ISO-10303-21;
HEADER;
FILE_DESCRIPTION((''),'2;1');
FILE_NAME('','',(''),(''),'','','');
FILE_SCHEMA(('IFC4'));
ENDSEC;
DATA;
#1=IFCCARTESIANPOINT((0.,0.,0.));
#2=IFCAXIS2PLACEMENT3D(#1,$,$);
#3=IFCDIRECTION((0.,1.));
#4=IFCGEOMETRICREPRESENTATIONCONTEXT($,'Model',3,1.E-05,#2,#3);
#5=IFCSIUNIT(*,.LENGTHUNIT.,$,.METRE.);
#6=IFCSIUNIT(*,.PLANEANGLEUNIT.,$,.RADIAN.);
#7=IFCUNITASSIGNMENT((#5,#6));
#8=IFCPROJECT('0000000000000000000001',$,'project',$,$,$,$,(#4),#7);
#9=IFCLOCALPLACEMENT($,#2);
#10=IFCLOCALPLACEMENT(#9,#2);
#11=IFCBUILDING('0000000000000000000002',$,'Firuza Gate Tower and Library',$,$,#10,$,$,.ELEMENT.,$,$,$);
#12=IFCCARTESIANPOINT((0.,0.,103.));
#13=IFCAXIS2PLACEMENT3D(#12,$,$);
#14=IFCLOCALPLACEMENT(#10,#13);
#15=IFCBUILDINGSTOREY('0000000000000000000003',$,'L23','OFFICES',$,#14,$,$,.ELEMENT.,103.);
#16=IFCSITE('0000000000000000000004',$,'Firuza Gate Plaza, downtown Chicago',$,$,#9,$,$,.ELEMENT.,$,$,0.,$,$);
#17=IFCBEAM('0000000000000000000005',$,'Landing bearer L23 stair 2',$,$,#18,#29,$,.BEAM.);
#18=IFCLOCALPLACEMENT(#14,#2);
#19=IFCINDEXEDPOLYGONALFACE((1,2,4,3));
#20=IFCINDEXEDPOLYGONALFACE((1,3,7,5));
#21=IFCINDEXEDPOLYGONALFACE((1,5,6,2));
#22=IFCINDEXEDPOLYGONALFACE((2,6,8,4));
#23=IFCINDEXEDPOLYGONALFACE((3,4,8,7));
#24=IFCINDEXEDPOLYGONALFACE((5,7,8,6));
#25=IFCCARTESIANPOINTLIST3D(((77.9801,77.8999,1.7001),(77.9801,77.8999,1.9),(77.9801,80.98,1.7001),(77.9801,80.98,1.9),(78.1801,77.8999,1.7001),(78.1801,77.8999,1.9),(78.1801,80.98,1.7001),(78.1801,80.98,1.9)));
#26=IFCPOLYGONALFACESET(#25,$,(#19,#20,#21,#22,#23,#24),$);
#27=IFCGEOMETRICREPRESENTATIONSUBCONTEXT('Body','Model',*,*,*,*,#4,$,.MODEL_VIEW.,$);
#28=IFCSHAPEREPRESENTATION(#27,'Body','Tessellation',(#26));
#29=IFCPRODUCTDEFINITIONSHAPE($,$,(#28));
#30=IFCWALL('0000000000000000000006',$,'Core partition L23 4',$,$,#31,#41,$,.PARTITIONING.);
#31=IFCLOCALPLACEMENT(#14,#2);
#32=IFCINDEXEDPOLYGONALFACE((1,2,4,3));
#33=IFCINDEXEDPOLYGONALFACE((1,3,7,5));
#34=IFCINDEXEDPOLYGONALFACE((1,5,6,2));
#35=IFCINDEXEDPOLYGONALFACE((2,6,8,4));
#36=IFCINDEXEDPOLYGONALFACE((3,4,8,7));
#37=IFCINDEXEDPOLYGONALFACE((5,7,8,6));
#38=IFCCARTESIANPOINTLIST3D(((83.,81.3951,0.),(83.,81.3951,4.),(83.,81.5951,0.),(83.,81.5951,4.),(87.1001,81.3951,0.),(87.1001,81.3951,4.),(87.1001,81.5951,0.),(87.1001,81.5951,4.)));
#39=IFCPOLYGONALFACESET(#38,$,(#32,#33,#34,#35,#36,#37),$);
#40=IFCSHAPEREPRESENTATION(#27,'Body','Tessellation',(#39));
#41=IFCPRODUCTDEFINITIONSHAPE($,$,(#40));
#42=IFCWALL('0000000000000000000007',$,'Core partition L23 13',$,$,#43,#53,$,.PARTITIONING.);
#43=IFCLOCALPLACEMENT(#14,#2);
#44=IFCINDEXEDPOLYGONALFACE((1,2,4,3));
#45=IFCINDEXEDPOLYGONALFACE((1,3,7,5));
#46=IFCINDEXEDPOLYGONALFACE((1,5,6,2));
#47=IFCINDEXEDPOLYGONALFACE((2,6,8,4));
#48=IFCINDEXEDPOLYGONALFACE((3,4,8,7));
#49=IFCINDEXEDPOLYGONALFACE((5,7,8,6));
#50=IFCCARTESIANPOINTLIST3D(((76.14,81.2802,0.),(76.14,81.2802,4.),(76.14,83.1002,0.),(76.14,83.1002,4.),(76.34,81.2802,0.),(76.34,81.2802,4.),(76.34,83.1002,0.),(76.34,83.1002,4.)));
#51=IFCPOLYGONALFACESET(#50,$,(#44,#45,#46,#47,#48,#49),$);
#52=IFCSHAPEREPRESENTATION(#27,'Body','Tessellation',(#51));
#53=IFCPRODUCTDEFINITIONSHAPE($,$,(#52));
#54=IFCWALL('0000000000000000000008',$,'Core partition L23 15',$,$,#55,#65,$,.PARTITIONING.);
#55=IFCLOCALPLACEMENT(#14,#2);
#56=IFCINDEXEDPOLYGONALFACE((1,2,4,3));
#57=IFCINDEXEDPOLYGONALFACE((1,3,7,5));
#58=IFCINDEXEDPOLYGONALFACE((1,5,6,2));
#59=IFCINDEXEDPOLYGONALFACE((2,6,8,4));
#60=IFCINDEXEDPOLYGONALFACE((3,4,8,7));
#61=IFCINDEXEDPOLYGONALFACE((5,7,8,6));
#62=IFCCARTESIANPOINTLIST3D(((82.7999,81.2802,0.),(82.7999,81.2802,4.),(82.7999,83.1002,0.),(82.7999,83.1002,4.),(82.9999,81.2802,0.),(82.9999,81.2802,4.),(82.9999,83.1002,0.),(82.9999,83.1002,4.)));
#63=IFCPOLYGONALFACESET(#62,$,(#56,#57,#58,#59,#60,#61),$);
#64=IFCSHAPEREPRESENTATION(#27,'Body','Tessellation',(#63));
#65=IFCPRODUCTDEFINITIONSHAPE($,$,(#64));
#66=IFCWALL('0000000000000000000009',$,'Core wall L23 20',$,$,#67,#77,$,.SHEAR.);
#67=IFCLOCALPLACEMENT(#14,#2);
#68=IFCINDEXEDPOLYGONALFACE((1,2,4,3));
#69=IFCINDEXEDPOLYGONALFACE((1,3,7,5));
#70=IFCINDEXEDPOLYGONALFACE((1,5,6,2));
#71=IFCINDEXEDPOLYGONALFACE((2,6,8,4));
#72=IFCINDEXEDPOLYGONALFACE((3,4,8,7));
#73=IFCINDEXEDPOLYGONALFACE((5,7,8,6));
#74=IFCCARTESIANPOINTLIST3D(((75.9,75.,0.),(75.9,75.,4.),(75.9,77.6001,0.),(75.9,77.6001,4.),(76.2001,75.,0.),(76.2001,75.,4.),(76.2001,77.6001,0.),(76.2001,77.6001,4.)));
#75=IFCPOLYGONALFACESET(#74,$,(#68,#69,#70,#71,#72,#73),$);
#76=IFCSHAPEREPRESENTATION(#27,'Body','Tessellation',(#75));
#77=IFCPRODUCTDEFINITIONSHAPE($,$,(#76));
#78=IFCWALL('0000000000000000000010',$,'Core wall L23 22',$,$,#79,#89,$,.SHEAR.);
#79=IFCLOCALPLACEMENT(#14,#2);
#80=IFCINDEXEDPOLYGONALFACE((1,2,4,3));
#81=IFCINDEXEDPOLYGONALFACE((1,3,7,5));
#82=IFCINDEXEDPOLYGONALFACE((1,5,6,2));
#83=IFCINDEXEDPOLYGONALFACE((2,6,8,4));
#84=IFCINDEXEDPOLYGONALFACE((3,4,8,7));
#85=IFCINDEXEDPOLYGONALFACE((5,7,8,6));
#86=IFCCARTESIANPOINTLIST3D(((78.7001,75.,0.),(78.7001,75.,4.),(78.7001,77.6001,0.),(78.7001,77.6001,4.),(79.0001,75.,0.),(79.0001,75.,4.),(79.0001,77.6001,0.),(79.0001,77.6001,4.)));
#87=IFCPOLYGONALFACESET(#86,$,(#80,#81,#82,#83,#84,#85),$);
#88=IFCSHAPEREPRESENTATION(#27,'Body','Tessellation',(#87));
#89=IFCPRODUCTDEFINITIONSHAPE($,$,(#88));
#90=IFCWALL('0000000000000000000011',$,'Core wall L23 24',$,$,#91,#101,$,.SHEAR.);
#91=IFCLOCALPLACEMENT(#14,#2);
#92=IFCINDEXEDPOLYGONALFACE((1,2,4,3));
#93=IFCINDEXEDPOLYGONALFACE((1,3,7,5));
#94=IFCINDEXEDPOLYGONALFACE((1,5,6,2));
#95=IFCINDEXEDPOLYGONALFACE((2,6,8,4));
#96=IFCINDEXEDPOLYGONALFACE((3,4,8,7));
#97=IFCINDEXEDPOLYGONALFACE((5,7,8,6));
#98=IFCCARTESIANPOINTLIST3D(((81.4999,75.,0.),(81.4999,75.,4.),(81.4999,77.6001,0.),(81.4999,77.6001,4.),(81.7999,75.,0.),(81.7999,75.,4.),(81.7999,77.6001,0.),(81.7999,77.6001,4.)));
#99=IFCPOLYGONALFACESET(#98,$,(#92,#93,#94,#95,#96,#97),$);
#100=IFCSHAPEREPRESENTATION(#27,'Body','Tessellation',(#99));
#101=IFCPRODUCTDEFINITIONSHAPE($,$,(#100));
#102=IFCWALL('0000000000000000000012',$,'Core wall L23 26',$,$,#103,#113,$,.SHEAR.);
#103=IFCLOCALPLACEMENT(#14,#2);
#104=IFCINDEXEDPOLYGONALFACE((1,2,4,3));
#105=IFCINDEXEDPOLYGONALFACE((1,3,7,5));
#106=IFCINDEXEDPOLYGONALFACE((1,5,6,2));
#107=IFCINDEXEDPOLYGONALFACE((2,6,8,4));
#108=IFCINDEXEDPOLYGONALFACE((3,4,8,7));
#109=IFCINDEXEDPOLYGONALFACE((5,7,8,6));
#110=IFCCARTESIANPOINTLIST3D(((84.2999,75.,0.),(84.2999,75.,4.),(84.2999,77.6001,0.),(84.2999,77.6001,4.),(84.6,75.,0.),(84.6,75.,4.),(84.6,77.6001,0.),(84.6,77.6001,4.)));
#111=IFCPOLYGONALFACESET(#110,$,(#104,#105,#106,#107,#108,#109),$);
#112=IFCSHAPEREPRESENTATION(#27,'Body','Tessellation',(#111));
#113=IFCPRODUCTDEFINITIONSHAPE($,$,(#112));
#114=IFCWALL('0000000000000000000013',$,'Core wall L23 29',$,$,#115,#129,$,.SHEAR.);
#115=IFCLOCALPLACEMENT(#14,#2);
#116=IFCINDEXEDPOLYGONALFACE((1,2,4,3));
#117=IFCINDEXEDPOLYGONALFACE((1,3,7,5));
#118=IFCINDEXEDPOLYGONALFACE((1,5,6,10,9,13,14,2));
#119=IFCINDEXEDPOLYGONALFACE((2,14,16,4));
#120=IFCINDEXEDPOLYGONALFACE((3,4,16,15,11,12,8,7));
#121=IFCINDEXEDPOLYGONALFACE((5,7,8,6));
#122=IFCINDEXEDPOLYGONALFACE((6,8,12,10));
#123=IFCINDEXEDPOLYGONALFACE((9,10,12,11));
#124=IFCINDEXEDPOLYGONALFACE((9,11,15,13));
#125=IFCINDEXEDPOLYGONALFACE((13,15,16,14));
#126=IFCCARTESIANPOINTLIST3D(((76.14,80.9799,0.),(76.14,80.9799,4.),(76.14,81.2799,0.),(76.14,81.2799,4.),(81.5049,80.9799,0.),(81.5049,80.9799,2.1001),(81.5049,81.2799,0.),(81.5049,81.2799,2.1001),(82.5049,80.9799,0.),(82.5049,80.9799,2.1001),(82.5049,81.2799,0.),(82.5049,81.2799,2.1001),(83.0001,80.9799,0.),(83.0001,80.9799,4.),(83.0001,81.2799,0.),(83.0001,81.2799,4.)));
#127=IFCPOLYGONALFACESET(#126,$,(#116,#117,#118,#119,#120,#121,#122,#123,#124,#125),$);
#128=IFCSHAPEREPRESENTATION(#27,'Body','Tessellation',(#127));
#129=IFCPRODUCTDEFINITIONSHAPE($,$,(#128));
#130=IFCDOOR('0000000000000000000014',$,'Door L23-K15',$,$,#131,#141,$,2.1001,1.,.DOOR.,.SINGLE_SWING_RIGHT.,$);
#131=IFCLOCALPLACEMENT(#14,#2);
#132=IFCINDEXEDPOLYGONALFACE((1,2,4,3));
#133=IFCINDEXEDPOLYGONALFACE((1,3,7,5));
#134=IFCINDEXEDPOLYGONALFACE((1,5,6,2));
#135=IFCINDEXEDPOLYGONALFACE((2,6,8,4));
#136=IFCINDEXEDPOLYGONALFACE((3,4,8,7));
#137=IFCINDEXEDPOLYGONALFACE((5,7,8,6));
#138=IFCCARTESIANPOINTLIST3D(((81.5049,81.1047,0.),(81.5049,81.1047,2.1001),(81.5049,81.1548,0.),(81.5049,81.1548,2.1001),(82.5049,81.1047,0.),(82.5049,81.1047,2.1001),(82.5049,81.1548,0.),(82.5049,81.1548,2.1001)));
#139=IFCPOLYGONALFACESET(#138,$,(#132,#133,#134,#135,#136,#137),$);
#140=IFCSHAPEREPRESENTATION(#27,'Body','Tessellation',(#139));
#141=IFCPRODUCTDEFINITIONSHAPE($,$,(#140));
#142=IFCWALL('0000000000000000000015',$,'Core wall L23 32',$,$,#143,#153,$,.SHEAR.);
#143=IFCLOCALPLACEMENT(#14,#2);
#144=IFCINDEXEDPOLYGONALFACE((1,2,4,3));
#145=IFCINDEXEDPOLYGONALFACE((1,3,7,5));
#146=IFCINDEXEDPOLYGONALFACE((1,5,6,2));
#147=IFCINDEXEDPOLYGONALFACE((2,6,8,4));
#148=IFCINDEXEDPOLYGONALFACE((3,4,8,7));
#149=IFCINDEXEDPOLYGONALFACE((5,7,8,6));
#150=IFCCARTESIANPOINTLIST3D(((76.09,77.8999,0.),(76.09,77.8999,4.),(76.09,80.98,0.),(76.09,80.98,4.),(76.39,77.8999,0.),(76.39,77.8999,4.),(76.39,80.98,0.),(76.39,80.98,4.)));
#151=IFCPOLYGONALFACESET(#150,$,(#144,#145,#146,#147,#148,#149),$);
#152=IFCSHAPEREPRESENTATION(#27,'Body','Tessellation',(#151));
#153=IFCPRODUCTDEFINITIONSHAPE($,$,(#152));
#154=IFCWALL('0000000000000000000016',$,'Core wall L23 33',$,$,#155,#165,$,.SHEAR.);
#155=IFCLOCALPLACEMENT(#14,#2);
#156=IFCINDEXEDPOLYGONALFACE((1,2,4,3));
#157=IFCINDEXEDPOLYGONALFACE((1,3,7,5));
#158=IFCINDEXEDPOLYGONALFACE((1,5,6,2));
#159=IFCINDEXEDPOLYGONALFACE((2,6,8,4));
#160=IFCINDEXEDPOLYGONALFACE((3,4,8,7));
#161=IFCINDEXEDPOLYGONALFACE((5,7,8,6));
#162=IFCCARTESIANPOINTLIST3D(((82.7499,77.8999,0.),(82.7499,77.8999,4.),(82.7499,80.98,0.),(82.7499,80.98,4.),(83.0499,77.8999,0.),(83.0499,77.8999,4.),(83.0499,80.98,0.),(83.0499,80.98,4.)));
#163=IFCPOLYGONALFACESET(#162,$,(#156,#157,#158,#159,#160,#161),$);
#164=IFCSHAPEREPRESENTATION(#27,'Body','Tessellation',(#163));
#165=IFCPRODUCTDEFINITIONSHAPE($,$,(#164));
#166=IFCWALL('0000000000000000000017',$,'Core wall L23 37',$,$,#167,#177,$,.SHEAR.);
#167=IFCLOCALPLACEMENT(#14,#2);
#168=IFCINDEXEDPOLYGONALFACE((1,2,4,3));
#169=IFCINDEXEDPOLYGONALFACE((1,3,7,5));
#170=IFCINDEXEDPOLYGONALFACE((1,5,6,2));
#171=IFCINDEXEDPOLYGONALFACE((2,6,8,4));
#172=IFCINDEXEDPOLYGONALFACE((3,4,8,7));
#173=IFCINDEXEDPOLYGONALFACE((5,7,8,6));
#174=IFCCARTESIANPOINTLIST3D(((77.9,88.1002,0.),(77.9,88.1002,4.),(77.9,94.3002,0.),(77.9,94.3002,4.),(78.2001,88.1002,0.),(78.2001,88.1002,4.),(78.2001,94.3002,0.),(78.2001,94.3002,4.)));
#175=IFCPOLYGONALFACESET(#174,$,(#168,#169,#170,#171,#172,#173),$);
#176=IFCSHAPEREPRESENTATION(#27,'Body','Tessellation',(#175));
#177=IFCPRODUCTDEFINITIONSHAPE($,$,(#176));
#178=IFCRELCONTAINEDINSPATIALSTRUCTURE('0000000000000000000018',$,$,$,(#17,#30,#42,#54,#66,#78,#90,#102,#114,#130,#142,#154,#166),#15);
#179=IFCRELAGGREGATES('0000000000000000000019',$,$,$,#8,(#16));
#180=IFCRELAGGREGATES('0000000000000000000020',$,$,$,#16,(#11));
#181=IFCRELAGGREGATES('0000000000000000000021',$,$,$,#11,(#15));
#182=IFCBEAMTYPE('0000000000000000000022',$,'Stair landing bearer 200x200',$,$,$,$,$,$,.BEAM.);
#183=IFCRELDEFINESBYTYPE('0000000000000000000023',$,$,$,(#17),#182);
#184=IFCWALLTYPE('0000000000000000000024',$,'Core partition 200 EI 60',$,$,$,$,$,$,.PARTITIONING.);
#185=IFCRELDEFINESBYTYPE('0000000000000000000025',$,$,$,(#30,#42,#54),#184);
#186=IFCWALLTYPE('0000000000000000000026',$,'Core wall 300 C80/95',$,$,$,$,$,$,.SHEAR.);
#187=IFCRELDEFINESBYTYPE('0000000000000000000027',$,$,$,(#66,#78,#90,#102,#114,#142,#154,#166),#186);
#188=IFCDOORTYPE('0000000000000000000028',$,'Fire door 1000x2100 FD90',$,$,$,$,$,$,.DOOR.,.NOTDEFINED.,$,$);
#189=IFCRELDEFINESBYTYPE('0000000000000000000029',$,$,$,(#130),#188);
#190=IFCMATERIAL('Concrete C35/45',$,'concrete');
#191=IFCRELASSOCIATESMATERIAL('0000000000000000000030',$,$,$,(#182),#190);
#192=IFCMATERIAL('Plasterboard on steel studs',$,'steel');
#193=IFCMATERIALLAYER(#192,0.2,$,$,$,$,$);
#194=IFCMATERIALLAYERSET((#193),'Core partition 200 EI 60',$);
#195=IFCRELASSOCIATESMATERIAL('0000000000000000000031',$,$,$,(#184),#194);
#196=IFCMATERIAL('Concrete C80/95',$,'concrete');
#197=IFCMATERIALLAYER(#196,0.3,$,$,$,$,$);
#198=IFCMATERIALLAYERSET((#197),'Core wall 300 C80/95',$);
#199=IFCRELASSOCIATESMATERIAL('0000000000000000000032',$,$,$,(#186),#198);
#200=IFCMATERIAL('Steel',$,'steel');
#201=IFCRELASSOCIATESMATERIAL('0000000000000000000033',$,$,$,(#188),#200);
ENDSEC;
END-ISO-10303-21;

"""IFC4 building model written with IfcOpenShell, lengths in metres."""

from ifc_helpers import new_model, si_unit, direction, frame, frame_2d, origin, origin_2d, place, context, subcontext, project, spatial, rectangle, extrude, material, layer, layer_set, material_profile, profile_set, type_object, element, fill, save


model = new_model("IFC4")

# Units and contexts
model_context = context("Model", 3, precision=1e-05, world=origin(), true_north=direction((0.0, 1.0)))
body_context = subcontext(model_context, "Body", "Model", "MODEL_VIEW")
ifc_project = project(units=[si_unit("LENGTHUNIT", "METRE"), si_unit("PLANEANGLEUNIT", "RADIAN")], contexts=[model_context])

# Site, building, storey
site_placement = place(None, origin())
site = spatial("IfcSite", under=ifc_project, at=site_placement, Name="Firuza Gate Plaza, downtown Chicago", CompositionType="ELEMENT", RefElevation=0.0)
building_placement = place(site_placement, origin())
building = spatial("IfcBuilding", under=site, at=building_placement, Name="Firuza Gate Tower and Library", CompositionType="ELEMENT")
storey_placement = place(building_placement, frame((0.0, 0.0, 103.0)))
storey = spatial("IfcBuildingStorey", under=building, at=storey_placement, Name="L23", Description="OFFICES", CompositionType="ELEMENT", Elevation=103.0)

# Beam
ifc_material_1 = material(Name="Concrete C35/45", Category="concrete")
ifc_material_profile = material_profile(ifc_material_1, rectangle(XDim=0.2, YDim=0.2, at=origin_2d()))
ifc_profile_set = profile_set([ifc_material_profile], Name="Concrete C35/45")
beam_type = type_object("IfcBeamType", Name="Stair landing bearer 200x200", PredefinedType="BEAM", material=ifc_profile_set)
beam_placement = place(storey_placement, frame((78.0801, 80.98, 1.8), z_axis=(0.0, -1.0, 0.0), x_axis=(1.0, 0.0, 0.0)))
element("IfcBeam", 1, at=beam_placement, inside=storey, type_object=beam_type, Name="Landing bearer L23 stair 2", PredefinedType="BEAM", context=body_context, shape_type="SweptSolid", body=[
    extrude(rectangle(XDim=0.2, YDim=0.2, at=origin_2d()), origin(), (0.0, 0.0, 1.0), 3.0801),
])

# Walls
ifc_material_2 = material(Name="Plasterboard on steel studs", Category="steel")
ifc_layer_1 = layer(ifc_material_2, 0.2)
ifc_layer_set_1 = layer_set([ifc_layer_1], Name="Core partition 200 EI 60")
wall_type_1 = type_object("IfcWallType", Name="Core partition 200 EI 60", PredefinedType="PARTITIONING", material=ifc_layer_set_1)
wall_1_placement = place(storey_placement, frame((83.0, 81.4951, 0.0), z_axis=(0.0, 0.0, 1.0), x_axis=(1.0, 0.0, 0.0)))
element("IfcWall", 2, at=wall_1_placement, inside=storey, type_object=wall_type_1, Name="Core partition L23 4", PredefinedType="PARTITIONING", context=body_context, shape_type="SweptSolid", body=[
    extrude(rectangle(XDim=4.1001, YDim=0.2, at=frame_2d((2.05, 0.0))), origin(), (0.0, 0.0, 1.0), 4.0),
])
for number, where, z_axis, x_axis, name in (
    (3, (76.24, 81.28, 0.0), (0.0, 0.0, 1.0), (0.0, 1.0, 0.0), "Core partition L23 13"),
    (4, (82.8999, 81.28, 0.0), (0.0, 0.0, 1.0), (0.0, 1.0, 0.0), "Core partition L23 15"),
):
    element("IfcWall", number, at=place(storey_placement, frame(where, z_axis=z_axis, x_axis=x_axis)), inside=storey, type_object=wall_type_1, Name=name, PredefinedType="PARTITIONING", context=body_context, shape_type="SweptSolid", body=[
        extrude(rectangle(XDim=1.8201, YDim=0.2, at=frame_2d((0.9102, 0.0))), origin(), (0.0, 0.0, 1.0), 4.0),
    ])
ifc_material_3 = material(Name="Concrete C80/95", Category="concrete")
ifc_layer_2 = layer(ifc_material_3, 0.3)
ifc_layer_set_2 = layer_set([ifc_layer_2], Name="Core wall 300 C80/95")
wall_type_2 = type_object("IfcWallType", Name="Core wall 300 C80/95", PredefinedType="SHEAR", material=ifc_layer_set_2)
for number, where, z_axis, x_axis, name in (
    (5, (76.05, 75.0, 0.0), (0.0, 0.0, 1.0), (0.0, 1.0, 0.0), "Core wall L23 20"),
    (6, (78.8501, 75.0, 0.0), (0.0, 0.0, 1.0), (0.0, 1.0, 0.0), "Core wall L23 22"),
    (7, (81.6499, 75.0, 0.0), (0.0, 0.0, 1.0), (0.0, 1.0, 0.0), "Core wall L23 24"),
    (8, (84.45, 75.0, 0.0), (0.0, 0.0, 1.0), (0.0, 1.0, 0.0), "Core wall L23 26"),
):
    element("IfcWall", number, at=place(storey_placement, frame(where, z_axis=z_axis, x_axis=x_axis)), inside=storey, type_object=wall_type_2, Name=name, PredefinedType="SHEAR", context=body_context, shape_type="SweptSolid", body=[
        extrude(rectangle(XDim=2.6001, YDim=0.3, at=frame_2d((1.3, 0.0))), origin(), (0.0, 0.0, 1.0), 4.0),
    ])

# Wall, opening, door
wall_2_placement = place(storey_placement, frame((76.1399, 81.1299, 0.0), z_axis=(0.0, 0.0, 1.0), x_axis=(1.0, 0.0, 0.0)))
wall_2 = element("IfcWall", 9, at=wall_2_placement, inside=storey, type_object=wall_type_2, Name="Core wall L23 29", PredefinedType="SHEAR", context=body_context, shape_type="SweptSolid", body=[
    extrude(rectangle(XDim=6.8601, YDim=0.3, at=frame_2d((3.4302, 0.0))), origin(), (0.0, 0.0, 1.0), 4.0),
])
opening_1_placement = place(wall_2_placement, frame((5.365, 0.0, 0.0)))
opening_1 = element("IfcOpeningElement", 10, at=opening_1_placement, cuts=wall_2, PredefinedType="OPENING", context=body_context, shape_type="SweptSolid", body=[
    extrude(rectangle(XDim=1.0, YDim=2.1001, at=frame_2d((0.5, 1.05))), frame((0.0, 0.1602, 0.0), z_axis=(0.0, -1.0, 0.0), x_axis=(1.0, 0.0, 0.0)), (0.0, 0.0, 1.0), 0.3201),
])
ifc_material_4 = material(Name="Steel", Category="steel")
door_type_1 = type_object("IfcDoorType", Name="Fire door 1000x2100 FD90", OperationType="NOTDEFINED", PredefinedType="DOOR", material=ifc_material_4)
door_1_placement = place(opening_1_placement, origin())
door_1 = element("IfcDoor", 11, at=door_1_placement, inside=storey, type_object=door_type_1, Name="Door L23-K15", OperationType="SINGLE_SWING_RIGHT", OverallHeight=2.1001, OverallWidth=1.0, PredefinedType="DOOR", context=body_context, shape_type="SweptSolid", body=[
    extrude(rectangle(XDim=1.0, YDim=2.1001, at=frame_2d((0.5, 1.05))), frame((0.0, 0.0249, 0.0), z_axis=(0.0, -1.0, 0.0), x_axis=(1.0, 0.0, 0.0)), (0.0, 0.0, 1.0), 0.05),
])
fill(opening_1, door_1)

# Walls
for number, where, z_axis, x_axis, name in (
    (12, (76.24, 77.8999, 0.0), (0.0, 0.0, 1.0), (0.0, 1.0, 0.0), "Core wall L23 32"),
    (13, (82.8999, 77.8999, 0.0), (0.0, 0.0, 1.0), (0.0, 1.0, 0.0), "Core wall L23 33"),
):
    element("IfcWall", number, at=place(storey_placement, frame(where, z_axis=z_axis, x_axis=x_axis)), inside=storey, type_object=wall_type_2, Name=name, PredefinedType="SHEAR", context=body_context, shape_type="SweptSolid", body=[
        extrude(rectangle(XDim=3.0801, YDim=0.3, at=frame_2d((1.54, 0.0))), origin(), (0.0, 0.0, 1.0), 4.0),
    ])
wall_3_placement = place(storey_placement, frame((78.05, 88.1001, 0.0), z_axis=(0.0, 0.0, 1.0), x_axis=(0.0, 1.0, 0.0)))
element("IfcWall", 14, at=wall_3_placement, inside=storey, type_object=wall_type_2, Name="Core wall L23 37", PredefinedType="SHEAR", context=body_context, shape_type="SweptSolid", body=[
    extrude(rectangle(XDim=6.2, YDim=0.3, at=frame_2d((3.1001, 0.0))), origin(), (0.0, 0.0, 1.0), 4.0),
])

save(model, "model.ifc")
